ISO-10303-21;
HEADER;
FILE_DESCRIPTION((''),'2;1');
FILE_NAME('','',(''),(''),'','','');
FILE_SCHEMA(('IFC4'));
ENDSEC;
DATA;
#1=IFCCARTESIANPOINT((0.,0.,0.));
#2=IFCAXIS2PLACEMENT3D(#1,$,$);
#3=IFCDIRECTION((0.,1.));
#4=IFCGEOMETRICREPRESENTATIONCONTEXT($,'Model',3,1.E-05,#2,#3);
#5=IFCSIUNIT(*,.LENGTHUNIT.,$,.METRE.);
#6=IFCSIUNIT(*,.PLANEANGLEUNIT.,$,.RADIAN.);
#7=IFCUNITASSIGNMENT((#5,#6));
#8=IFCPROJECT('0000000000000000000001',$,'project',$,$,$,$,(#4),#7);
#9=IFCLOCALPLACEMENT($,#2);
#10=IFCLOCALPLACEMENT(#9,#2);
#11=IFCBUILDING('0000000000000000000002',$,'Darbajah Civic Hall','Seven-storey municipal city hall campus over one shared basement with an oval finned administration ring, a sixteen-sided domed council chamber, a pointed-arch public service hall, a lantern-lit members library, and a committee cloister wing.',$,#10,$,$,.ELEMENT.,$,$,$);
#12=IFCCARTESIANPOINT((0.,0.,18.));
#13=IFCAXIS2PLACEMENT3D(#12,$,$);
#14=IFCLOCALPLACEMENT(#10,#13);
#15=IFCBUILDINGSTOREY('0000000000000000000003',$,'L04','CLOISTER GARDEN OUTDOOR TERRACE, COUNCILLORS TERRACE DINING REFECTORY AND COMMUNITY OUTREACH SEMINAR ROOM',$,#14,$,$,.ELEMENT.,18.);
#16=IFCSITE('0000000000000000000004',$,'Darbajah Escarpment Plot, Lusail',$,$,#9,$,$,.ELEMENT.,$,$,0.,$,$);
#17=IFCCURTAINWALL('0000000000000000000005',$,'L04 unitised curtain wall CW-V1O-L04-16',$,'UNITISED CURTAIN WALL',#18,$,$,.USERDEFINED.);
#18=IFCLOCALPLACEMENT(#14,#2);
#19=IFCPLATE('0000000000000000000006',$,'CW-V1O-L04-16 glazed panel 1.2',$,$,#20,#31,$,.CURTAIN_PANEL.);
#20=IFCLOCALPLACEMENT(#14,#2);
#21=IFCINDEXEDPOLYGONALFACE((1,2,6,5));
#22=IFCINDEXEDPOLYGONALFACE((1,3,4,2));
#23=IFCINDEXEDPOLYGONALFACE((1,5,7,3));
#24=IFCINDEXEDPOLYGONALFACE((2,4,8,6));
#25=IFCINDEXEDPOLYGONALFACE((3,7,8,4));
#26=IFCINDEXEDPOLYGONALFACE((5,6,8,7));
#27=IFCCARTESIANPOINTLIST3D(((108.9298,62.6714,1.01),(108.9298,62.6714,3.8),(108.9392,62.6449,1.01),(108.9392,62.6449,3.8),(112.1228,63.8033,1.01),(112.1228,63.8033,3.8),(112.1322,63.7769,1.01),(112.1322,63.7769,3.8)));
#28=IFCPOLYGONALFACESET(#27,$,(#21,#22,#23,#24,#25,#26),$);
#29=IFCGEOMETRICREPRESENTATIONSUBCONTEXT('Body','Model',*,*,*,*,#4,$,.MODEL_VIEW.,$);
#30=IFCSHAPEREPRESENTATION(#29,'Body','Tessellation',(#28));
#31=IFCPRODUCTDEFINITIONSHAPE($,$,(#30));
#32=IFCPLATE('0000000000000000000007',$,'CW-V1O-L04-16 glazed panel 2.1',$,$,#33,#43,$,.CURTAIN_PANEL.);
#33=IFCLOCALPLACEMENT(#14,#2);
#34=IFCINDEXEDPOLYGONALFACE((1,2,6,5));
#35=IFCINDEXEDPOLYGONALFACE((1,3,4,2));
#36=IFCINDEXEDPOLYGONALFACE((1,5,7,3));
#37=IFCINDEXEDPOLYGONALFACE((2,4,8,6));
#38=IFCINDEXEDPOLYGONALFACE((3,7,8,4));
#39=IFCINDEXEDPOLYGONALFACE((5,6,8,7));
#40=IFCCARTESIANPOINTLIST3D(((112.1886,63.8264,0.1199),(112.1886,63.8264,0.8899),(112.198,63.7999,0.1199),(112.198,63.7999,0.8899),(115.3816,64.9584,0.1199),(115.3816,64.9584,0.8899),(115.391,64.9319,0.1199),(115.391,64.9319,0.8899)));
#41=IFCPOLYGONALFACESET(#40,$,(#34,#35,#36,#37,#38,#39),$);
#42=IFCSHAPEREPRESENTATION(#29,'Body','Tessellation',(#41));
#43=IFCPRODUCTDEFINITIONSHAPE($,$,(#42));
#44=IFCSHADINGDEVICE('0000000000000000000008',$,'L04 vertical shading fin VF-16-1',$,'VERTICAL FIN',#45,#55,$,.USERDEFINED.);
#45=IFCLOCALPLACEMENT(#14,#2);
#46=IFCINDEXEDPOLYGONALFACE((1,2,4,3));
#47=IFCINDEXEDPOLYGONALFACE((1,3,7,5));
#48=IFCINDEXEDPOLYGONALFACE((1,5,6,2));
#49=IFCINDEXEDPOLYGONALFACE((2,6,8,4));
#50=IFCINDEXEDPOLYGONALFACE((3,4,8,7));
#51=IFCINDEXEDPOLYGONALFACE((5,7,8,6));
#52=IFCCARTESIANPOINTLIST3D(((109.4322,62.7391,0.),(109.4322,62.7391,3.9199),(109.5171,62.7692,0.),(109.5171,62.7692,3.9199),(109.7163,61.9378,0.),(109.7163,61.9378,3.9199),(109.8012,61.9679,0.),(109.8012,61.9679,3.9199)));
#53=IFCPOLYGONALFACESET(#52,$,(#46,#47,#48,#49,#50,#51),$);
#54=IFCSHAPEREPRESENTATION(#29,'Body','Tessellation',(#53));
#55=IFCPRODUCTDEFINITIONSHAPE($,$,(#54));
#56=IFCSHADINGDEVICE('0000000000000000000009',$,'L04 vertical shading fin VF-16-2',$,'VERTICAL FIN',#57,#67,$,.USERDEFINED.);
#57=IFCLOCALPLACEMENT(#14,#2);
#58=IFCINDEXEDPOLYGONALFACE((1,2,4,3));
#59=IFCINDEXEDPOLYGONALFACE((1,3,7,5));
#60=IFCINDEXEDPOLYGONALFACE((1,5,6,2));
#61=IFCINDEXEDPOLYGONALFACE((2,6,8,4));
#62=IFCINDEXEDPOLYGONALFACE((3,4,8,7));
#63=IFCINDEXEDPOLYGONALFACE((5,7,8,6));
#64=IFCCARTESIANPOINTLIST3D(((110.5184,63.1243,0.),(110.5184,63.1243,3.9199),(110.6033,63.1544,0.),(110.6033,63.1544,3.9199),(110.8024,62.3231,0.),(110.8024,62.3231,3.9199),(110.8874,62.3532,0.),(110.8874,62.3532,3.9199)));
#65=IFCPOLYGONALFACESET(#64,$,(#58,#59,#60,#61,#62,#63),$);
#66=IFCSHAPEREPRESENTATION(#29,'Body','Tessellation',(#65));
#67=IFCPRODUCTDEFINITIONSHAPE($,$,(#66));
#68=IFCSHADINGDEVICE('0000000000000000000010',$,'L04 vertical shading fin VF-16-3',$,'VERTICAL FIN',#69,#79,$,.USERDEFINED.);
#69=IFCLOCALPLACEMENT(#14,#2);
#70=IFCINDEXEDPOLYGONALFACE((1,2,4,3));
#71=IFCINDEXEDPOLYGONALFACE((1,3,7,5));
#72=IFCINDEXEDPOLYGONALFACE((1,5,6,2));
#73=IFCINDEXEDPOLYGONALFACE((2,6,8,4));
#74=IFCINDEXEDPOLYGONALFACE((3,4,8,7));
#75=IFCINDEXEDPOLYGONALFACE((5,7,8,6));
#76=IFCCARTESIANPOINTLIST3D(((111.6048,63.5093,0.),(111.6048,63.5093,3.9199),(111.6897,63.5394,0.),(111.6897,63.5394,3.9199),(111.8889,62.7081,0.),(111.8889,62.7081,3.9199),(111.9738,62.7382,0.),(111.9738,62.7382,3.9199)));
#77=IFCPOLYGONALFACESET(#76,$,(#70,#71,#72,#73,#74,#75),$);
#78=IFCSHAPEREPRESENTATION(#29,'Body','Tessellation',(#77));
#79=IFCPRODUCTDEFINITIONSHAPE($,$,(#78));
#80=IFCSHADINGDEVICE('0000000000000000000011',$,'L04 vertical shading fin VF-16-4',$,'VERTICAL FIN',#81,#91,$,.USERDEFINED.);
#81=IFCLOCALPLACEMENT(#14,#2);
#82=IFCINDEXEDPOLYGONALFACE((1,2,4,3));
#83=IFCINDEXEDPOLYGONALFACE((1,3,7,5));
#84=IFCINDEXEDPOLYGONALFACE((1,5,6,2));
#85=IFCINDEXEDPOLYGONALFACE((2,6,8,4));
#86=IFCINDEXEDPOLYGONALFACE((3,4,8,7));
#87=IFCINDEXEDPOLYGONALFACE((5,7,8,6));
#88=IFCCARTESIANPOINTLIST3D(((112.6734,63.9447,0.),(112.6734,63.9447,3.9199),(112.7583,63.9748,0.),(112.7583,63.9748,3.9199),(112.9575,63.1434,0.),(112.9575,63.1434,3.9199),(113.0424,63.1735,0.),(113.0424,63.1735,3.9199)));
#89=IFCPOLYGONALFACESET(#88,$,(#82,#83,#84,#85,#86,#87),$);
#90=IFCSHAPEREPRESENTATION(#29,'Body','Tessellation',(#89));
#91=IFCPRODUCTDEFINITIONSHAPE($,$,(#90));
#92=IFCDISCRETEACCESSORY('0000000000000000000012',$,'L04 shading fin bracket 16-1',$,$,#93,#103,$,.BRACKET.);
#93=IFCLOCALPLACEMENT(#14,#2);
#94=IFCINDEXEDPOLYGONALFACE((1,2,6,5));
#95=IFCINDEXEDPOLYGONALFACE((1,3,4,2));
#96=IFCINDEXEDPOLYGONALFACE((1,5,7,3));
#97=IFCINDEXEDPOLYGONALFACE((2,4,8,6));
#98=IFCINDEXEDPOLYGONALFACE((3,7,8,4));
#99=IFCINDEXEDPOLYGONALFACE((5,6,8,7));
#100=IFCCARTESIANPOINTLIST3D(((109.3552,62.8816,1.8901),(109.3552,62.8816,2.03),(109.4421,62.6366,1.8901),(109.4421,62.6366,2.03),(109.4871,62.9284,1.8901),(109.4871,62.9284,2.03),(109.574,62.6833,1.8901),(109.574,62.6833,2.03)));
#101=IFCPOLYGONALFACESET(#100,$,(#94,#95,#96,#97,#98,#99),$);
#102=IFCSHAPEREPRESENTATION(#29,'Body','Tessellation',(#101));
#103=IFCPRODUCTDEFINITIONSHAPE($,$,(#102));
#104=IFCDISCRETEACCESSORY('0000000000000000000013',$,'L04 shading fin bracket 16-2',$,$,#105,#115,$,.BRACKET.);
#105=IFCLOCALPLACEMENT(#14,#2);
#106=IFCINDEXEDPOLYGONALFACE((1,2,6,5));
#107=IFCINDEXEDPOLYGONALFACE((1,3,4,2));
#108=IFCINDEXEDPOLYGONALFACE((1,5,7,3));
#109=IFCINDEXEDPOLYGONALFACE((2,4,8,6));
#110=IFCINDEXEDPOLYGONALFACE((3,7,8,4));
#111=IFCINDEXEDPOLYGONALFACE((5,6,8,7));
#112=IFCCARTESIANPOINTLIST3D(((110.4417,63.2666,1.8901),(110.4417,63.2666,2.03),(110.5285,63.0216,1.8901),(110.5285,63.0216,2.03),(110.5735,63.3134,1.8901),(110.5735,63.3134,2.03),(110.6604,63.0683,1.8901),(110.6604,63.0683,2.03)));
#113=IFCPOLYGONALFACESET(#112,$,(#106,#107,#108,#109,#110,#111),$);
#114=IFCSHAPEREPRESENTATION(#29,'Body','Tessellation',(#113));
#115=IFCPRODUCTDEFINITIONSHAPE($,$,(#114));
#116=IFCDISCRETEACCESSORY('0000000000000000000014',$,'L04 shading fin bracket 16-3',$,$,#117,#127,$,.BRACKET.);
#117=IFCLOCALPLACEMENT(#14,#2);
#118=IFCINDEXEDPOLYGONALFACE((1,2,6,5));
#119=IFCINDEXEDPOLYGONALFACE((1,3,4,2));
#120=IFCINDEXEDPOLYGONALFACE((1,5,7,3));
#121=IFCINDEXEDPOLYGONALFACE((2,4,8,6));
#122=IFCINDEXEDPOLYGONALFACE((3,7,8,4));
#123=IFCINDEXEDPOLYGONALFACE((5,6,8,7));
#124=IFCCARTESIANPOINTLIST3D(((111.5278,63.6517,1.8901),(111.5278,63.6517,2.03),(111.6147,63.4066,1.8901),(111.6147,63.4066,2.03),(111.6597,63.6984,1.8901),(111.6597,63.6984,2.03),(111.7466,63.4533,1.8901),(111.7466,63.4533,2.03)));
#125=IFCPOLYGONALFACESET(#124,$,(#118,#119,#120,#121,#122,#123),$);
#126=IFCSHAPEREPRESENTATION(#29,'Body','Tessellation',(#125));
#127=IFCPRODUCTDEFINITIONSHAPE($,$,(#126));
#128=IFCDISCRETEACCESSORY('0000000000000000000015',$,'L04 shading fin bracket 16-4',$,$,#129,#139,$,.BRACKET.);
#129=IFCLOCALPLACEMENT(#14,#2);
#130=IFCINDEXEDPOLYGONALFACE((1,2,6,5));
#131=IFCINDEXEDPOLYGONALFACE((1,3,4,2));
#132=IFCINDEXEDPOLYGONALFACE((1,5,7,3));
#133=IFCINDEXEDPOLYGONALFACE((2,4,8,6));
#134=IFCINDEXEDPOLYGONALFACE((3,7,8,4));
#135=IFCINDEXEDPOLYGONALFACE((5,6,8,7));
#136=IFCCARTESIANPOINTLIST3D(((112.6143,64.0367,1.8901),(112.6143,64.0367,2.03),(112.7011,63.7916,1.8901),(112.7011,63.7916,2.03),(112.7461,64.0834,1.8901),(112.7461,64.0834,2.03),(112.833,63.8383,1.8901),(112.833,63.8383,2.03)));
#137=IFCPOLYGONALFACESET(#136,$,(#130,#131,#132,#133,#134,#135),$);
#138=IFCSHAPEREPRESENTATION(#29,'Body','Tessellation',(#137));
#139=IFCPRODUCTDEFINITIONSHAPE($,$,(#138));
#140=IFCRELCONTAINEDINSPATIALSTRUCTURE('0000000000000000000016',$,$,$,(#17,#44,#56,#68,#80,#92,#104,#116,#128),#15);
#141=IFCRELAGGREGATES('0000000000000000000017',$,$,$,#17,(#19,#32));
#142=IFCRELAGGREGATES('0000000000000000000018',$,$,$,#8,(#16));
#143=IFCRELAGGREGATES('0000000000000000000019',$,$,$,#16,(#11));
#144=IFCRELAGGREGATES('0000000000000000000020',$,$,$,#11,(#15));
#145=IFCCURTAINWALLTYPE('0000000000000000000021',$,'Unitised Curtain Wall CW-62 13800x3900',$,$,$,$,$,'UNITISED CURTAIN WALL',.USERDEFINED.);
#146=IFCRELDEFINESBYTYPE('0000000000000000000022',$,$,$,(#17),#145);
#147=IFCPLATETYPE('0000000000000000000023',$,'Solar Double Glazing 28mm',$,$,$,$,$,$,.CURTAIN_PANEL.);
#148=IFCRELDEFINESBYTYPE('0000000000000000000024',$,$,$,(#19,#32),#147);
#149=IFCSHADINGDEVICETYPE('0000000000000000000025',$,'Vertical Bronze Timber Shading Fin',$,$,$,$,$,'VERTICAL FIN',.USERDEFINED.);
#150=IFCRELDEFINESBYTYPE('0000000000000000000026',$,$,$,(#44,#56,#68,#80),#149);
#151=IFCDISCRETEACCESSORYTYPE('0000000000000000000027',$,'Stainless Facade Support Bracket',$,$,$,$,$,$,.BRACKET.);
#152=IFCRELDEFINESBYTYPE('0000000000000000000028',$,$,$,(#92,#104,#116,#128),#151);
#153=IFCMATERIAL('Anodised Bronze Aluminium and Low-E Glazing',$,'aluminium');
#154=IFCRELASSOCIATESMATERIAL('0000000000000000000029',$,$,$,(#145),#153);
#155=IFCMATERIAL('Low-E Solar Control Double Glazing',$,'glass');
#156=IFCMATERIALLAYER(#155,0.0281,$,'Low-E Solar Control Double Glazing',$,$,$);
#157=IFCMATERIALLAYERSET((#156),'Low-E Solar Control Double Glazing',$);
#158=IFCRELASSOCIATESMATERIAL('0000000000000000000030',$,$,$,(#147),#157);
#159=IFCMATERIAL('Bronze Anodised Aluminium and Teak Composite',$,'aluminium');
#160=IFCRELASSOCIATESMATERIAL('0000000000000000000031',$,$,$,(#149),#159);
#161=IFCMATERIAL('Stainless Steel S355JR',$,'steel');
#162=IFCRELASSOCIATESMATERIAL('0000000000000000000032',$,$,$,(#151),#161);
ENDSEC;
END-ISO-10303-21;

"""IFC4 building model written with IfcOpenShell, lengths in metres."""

from ifc_helpers import new_model, si_unit, direction, frame, origin, origin_2d, place, context, subcontext, project, spatial, rectangle, extrude, material, layer, layer_set, type_object, element, aggregate, save


model = new_model("IFC4")

# Units and contexts
model_context = context("Model", 3, precision=1e-05, world=origin(), true_north=direction((0.0, 1.0)))
body_context = subcontext(model_context, "Body", "Model", "MODEL_VIEW")
ifc_project = project(units=[si_unit("LENGTHUNIT", "METRE"), si_unit("PLANEANGLEUNIT", "RADIAN")], contexts=[model_context])

# Site, building, storey
site_placement = place(None, origin())
site = spatial("IfcSite", under=ifc_project, at=site_placement, Name="Darbajah Escarpment Plot, Lusail", CompositionType="ELEMENT", RefElevation=0.0)
building_placement = place(site_placement, origin())
building = spatial("IfcBuilding", under=site, at=building_placement, Name="Darbajah Civic Hall", Description="Seven-storey municipal city hall campus over one shared basement with an oval finned administration ring, a sixteen-sided domed council chamber, a pointed-arch public service hall, a lantern-lit members library, and a committee cloister wing.", CompositionType="ELEMENT")
storey_placement = place(building_placement, frame((0.0, 0.0, 18.0)))
storey = spatial("IfcBuildingStorey", under=building, at=storey_placement, Name="L04", Description="CLOISTER GARDEN OUTDOOR TERRACE, COUNCILLORS TERRACE DINING REFECTORY AND COMMUNITY OUTREACH SEMINAR ROOM", CompositionType="ELEMENT", Elevation=18.0)

# Curtain wall
ifc_material_1 = material(Name="Anodised Bronze Aluminium and Low-E Glazing", Category="aluminium")
curtain_wall_type = type_object("IfcCurtainWallType", Name="Unitised Curtain Wall CW-62 13800x3900", ElementType="UNITISED CURTAIN WALL", PredefinedType="USERDEFINED", material=ifc_material_1)
curtain_wall_placement = place(storey_placement, origin())
curtain_wall = element("IfcCurtainWall", 1, at=curtain_wall_placement, inside=storey, type_object=curtain_wall_type, Name="L04 unitised curtain wall CW-V1O-L04-16", ObjectType="UNITISED CURTAIN WALL", PredefinedType="USERDEFINED")

# Plates
ifc_material_2 = material(Name="Low-E Solar Control Double Glazing", Category="glass")
ifc_layer = layer(ifc_material_2, 0.0281, Name="Low-E Solar Control Double Glazing")
ifc_layer_set = layer_set([ifc_layer], Name="Low-E Solar Control Double Glazing")
plate_type = type_object("IfcPlateType", Name="Solar Double Glazing 28mm", PredefinedType="CURTAIN_PANEL", material=ifc_layer_set)
plate_1_placement = place(storey_placement, frame((110.531, 63.2241, 1.01), z_axis=(0.0, 0.0, 1.0), x_axis=(0.942525, 0.334136, 0.0)))
plate_1 = element("IfcPlate", 2, at=plate_1_placement, type_object=plate_type, Name="CW-V1O-L04-16 glazed panel 1.2", PredefinedType="CURTAIN_PANEL", context=body_context, shape_type="SweptSolid", body=[
    extrude(rectangle(XDim=3.3877, YDim=0.0281, at=origin_2d()), origin(), (0.0, 0.0, 1.0), 2.79),
])
plate_2_placement = place(storey_placement, frame((113.7898, 64.3792, 0.1199), z_axis=(0.0, 0.0, 1.0), x_axis=(0.942525, 0.334136, 0.0)))
plate_2 = element("IfcPlate", 3, at=plate_2_placement, type_object=plate_type, Name="CW-V1O-L04-16 glazed panel 2.1", PredefinedType="CURTAIN_PANEL", context=body_context, shape_type="SweptSolid", body=[
    extrude(rectangle(XDim=3.3877, YDim=0.0281, at=origin_2d()), origin(), (0.0, 0.0, 1.0), 0.77),
])
aggregate(curtain_wall, [plate_1, plate_2])

# Shading devices
ifc_material_3 = material(Name="Bronze Anodised Aluminium and Teak Composite", Category="aluminium")
shading_device_type = type_object("IfcShadingDeviceType", Name="Vertical Bronze Timber Shading Fin", ElementType="VERTICAL FIN", PredefinedType="USERDEFINED", material=ifc_material_3)
for number, where, z_axis, x_axis, name in (
    (4, (109.6167, 62.3535, 0.0), (0.0, 0.0, 1.0), (0.334136, -0.942525, 0.0), "L04 vertical shading fin VF-16-1"),
    (5, (110.7029, 62.7388, 0.0), (0.0, 0.0, 1.0), (0.334136, -0.942525, 0.0), "L04 vertical shading fin VF-16-2"),
    (6, (111.7893, 63.1238, 0.0), (0.0, 0.0, 1.0), (0.334136, -0.942525, 0.0), "L04 vertical shading fin VF-16-3"),
    (7, (112.8579, 63.5591, 0.0), (0.0, 0.0, 1.0), (0.334136, -0.942525, 0.0), "L04 vertical shading fin VF-16-4"),
):
    element("IfcShadingDevice", number, at=place(storey_placement, frame(where, z_axis=z_axis, x_axis=x_axis)), inside=storey, type_object=shading_device_type, Name=name, ObjectType="VERTICAL FIN", PredefinedType="USERDEFINED", context=body_context, shape_type="SweptSolid", body=[
        extrude(rectangle(XDim=0.8501, YDim=0.0901, at=origin_2d()), origin(), (0.0, 0.0, 1.0), 3.9199),
    ])

# Discrete accessories
ifc_material_4 = material(Name="Stainless Steel S355JR", Category="steel")
discrete_accessory_type = type_object("IfcDiscreteAccessoryType", Name="Stainless Facade Support Bracket", PredefinedType="BRACKET", material=ifc_material_4)
for number, where, z_axis, x_axis, name in (
    (8, (109.4646, 62.7825, 1.8901), (0.0, 0.0, 1.0), (0.334136, -0.942525, 0.0), "L04 shading fin bracket 16-1"),
    (9, (110.551, 63.1675, 1.8901), (0.0, 0.0, 1.0), (0.334136, -0.942525, 0.0), "L04 shading fin bracket 16-2"),
    (10, (111.6372, 63.5525, 1.8901), (0.0, 0.0, 1.0), (0.334136, -0.942525, 0.0), "L04 shading fin bracket 16-3"),
    (11, (112.7236, 63.9375, 1.8901), (0.0, 0.0, 1.0), (0.334136, -0.942525, 0.0), "L04 shading fin bracket 16-4"),
):
    element("IfcDiscreteAccessory", number, at=place(storey_placement, frame(where, z_axis=z_axis, x_axis=x_axis)), inside=storey, type_object=discrete_accessory_type, Name=name, PredefinedType="BRACKET", context=body_context, shape_type="SweptSolid", body=[
        extrude(rectangle(XDim=0.26, YDim=0.1399, at=origin_2d()), origin(), (0.0, 0.0, 1.0), 0.1399),
    ])

save(model, "model.ifc")
